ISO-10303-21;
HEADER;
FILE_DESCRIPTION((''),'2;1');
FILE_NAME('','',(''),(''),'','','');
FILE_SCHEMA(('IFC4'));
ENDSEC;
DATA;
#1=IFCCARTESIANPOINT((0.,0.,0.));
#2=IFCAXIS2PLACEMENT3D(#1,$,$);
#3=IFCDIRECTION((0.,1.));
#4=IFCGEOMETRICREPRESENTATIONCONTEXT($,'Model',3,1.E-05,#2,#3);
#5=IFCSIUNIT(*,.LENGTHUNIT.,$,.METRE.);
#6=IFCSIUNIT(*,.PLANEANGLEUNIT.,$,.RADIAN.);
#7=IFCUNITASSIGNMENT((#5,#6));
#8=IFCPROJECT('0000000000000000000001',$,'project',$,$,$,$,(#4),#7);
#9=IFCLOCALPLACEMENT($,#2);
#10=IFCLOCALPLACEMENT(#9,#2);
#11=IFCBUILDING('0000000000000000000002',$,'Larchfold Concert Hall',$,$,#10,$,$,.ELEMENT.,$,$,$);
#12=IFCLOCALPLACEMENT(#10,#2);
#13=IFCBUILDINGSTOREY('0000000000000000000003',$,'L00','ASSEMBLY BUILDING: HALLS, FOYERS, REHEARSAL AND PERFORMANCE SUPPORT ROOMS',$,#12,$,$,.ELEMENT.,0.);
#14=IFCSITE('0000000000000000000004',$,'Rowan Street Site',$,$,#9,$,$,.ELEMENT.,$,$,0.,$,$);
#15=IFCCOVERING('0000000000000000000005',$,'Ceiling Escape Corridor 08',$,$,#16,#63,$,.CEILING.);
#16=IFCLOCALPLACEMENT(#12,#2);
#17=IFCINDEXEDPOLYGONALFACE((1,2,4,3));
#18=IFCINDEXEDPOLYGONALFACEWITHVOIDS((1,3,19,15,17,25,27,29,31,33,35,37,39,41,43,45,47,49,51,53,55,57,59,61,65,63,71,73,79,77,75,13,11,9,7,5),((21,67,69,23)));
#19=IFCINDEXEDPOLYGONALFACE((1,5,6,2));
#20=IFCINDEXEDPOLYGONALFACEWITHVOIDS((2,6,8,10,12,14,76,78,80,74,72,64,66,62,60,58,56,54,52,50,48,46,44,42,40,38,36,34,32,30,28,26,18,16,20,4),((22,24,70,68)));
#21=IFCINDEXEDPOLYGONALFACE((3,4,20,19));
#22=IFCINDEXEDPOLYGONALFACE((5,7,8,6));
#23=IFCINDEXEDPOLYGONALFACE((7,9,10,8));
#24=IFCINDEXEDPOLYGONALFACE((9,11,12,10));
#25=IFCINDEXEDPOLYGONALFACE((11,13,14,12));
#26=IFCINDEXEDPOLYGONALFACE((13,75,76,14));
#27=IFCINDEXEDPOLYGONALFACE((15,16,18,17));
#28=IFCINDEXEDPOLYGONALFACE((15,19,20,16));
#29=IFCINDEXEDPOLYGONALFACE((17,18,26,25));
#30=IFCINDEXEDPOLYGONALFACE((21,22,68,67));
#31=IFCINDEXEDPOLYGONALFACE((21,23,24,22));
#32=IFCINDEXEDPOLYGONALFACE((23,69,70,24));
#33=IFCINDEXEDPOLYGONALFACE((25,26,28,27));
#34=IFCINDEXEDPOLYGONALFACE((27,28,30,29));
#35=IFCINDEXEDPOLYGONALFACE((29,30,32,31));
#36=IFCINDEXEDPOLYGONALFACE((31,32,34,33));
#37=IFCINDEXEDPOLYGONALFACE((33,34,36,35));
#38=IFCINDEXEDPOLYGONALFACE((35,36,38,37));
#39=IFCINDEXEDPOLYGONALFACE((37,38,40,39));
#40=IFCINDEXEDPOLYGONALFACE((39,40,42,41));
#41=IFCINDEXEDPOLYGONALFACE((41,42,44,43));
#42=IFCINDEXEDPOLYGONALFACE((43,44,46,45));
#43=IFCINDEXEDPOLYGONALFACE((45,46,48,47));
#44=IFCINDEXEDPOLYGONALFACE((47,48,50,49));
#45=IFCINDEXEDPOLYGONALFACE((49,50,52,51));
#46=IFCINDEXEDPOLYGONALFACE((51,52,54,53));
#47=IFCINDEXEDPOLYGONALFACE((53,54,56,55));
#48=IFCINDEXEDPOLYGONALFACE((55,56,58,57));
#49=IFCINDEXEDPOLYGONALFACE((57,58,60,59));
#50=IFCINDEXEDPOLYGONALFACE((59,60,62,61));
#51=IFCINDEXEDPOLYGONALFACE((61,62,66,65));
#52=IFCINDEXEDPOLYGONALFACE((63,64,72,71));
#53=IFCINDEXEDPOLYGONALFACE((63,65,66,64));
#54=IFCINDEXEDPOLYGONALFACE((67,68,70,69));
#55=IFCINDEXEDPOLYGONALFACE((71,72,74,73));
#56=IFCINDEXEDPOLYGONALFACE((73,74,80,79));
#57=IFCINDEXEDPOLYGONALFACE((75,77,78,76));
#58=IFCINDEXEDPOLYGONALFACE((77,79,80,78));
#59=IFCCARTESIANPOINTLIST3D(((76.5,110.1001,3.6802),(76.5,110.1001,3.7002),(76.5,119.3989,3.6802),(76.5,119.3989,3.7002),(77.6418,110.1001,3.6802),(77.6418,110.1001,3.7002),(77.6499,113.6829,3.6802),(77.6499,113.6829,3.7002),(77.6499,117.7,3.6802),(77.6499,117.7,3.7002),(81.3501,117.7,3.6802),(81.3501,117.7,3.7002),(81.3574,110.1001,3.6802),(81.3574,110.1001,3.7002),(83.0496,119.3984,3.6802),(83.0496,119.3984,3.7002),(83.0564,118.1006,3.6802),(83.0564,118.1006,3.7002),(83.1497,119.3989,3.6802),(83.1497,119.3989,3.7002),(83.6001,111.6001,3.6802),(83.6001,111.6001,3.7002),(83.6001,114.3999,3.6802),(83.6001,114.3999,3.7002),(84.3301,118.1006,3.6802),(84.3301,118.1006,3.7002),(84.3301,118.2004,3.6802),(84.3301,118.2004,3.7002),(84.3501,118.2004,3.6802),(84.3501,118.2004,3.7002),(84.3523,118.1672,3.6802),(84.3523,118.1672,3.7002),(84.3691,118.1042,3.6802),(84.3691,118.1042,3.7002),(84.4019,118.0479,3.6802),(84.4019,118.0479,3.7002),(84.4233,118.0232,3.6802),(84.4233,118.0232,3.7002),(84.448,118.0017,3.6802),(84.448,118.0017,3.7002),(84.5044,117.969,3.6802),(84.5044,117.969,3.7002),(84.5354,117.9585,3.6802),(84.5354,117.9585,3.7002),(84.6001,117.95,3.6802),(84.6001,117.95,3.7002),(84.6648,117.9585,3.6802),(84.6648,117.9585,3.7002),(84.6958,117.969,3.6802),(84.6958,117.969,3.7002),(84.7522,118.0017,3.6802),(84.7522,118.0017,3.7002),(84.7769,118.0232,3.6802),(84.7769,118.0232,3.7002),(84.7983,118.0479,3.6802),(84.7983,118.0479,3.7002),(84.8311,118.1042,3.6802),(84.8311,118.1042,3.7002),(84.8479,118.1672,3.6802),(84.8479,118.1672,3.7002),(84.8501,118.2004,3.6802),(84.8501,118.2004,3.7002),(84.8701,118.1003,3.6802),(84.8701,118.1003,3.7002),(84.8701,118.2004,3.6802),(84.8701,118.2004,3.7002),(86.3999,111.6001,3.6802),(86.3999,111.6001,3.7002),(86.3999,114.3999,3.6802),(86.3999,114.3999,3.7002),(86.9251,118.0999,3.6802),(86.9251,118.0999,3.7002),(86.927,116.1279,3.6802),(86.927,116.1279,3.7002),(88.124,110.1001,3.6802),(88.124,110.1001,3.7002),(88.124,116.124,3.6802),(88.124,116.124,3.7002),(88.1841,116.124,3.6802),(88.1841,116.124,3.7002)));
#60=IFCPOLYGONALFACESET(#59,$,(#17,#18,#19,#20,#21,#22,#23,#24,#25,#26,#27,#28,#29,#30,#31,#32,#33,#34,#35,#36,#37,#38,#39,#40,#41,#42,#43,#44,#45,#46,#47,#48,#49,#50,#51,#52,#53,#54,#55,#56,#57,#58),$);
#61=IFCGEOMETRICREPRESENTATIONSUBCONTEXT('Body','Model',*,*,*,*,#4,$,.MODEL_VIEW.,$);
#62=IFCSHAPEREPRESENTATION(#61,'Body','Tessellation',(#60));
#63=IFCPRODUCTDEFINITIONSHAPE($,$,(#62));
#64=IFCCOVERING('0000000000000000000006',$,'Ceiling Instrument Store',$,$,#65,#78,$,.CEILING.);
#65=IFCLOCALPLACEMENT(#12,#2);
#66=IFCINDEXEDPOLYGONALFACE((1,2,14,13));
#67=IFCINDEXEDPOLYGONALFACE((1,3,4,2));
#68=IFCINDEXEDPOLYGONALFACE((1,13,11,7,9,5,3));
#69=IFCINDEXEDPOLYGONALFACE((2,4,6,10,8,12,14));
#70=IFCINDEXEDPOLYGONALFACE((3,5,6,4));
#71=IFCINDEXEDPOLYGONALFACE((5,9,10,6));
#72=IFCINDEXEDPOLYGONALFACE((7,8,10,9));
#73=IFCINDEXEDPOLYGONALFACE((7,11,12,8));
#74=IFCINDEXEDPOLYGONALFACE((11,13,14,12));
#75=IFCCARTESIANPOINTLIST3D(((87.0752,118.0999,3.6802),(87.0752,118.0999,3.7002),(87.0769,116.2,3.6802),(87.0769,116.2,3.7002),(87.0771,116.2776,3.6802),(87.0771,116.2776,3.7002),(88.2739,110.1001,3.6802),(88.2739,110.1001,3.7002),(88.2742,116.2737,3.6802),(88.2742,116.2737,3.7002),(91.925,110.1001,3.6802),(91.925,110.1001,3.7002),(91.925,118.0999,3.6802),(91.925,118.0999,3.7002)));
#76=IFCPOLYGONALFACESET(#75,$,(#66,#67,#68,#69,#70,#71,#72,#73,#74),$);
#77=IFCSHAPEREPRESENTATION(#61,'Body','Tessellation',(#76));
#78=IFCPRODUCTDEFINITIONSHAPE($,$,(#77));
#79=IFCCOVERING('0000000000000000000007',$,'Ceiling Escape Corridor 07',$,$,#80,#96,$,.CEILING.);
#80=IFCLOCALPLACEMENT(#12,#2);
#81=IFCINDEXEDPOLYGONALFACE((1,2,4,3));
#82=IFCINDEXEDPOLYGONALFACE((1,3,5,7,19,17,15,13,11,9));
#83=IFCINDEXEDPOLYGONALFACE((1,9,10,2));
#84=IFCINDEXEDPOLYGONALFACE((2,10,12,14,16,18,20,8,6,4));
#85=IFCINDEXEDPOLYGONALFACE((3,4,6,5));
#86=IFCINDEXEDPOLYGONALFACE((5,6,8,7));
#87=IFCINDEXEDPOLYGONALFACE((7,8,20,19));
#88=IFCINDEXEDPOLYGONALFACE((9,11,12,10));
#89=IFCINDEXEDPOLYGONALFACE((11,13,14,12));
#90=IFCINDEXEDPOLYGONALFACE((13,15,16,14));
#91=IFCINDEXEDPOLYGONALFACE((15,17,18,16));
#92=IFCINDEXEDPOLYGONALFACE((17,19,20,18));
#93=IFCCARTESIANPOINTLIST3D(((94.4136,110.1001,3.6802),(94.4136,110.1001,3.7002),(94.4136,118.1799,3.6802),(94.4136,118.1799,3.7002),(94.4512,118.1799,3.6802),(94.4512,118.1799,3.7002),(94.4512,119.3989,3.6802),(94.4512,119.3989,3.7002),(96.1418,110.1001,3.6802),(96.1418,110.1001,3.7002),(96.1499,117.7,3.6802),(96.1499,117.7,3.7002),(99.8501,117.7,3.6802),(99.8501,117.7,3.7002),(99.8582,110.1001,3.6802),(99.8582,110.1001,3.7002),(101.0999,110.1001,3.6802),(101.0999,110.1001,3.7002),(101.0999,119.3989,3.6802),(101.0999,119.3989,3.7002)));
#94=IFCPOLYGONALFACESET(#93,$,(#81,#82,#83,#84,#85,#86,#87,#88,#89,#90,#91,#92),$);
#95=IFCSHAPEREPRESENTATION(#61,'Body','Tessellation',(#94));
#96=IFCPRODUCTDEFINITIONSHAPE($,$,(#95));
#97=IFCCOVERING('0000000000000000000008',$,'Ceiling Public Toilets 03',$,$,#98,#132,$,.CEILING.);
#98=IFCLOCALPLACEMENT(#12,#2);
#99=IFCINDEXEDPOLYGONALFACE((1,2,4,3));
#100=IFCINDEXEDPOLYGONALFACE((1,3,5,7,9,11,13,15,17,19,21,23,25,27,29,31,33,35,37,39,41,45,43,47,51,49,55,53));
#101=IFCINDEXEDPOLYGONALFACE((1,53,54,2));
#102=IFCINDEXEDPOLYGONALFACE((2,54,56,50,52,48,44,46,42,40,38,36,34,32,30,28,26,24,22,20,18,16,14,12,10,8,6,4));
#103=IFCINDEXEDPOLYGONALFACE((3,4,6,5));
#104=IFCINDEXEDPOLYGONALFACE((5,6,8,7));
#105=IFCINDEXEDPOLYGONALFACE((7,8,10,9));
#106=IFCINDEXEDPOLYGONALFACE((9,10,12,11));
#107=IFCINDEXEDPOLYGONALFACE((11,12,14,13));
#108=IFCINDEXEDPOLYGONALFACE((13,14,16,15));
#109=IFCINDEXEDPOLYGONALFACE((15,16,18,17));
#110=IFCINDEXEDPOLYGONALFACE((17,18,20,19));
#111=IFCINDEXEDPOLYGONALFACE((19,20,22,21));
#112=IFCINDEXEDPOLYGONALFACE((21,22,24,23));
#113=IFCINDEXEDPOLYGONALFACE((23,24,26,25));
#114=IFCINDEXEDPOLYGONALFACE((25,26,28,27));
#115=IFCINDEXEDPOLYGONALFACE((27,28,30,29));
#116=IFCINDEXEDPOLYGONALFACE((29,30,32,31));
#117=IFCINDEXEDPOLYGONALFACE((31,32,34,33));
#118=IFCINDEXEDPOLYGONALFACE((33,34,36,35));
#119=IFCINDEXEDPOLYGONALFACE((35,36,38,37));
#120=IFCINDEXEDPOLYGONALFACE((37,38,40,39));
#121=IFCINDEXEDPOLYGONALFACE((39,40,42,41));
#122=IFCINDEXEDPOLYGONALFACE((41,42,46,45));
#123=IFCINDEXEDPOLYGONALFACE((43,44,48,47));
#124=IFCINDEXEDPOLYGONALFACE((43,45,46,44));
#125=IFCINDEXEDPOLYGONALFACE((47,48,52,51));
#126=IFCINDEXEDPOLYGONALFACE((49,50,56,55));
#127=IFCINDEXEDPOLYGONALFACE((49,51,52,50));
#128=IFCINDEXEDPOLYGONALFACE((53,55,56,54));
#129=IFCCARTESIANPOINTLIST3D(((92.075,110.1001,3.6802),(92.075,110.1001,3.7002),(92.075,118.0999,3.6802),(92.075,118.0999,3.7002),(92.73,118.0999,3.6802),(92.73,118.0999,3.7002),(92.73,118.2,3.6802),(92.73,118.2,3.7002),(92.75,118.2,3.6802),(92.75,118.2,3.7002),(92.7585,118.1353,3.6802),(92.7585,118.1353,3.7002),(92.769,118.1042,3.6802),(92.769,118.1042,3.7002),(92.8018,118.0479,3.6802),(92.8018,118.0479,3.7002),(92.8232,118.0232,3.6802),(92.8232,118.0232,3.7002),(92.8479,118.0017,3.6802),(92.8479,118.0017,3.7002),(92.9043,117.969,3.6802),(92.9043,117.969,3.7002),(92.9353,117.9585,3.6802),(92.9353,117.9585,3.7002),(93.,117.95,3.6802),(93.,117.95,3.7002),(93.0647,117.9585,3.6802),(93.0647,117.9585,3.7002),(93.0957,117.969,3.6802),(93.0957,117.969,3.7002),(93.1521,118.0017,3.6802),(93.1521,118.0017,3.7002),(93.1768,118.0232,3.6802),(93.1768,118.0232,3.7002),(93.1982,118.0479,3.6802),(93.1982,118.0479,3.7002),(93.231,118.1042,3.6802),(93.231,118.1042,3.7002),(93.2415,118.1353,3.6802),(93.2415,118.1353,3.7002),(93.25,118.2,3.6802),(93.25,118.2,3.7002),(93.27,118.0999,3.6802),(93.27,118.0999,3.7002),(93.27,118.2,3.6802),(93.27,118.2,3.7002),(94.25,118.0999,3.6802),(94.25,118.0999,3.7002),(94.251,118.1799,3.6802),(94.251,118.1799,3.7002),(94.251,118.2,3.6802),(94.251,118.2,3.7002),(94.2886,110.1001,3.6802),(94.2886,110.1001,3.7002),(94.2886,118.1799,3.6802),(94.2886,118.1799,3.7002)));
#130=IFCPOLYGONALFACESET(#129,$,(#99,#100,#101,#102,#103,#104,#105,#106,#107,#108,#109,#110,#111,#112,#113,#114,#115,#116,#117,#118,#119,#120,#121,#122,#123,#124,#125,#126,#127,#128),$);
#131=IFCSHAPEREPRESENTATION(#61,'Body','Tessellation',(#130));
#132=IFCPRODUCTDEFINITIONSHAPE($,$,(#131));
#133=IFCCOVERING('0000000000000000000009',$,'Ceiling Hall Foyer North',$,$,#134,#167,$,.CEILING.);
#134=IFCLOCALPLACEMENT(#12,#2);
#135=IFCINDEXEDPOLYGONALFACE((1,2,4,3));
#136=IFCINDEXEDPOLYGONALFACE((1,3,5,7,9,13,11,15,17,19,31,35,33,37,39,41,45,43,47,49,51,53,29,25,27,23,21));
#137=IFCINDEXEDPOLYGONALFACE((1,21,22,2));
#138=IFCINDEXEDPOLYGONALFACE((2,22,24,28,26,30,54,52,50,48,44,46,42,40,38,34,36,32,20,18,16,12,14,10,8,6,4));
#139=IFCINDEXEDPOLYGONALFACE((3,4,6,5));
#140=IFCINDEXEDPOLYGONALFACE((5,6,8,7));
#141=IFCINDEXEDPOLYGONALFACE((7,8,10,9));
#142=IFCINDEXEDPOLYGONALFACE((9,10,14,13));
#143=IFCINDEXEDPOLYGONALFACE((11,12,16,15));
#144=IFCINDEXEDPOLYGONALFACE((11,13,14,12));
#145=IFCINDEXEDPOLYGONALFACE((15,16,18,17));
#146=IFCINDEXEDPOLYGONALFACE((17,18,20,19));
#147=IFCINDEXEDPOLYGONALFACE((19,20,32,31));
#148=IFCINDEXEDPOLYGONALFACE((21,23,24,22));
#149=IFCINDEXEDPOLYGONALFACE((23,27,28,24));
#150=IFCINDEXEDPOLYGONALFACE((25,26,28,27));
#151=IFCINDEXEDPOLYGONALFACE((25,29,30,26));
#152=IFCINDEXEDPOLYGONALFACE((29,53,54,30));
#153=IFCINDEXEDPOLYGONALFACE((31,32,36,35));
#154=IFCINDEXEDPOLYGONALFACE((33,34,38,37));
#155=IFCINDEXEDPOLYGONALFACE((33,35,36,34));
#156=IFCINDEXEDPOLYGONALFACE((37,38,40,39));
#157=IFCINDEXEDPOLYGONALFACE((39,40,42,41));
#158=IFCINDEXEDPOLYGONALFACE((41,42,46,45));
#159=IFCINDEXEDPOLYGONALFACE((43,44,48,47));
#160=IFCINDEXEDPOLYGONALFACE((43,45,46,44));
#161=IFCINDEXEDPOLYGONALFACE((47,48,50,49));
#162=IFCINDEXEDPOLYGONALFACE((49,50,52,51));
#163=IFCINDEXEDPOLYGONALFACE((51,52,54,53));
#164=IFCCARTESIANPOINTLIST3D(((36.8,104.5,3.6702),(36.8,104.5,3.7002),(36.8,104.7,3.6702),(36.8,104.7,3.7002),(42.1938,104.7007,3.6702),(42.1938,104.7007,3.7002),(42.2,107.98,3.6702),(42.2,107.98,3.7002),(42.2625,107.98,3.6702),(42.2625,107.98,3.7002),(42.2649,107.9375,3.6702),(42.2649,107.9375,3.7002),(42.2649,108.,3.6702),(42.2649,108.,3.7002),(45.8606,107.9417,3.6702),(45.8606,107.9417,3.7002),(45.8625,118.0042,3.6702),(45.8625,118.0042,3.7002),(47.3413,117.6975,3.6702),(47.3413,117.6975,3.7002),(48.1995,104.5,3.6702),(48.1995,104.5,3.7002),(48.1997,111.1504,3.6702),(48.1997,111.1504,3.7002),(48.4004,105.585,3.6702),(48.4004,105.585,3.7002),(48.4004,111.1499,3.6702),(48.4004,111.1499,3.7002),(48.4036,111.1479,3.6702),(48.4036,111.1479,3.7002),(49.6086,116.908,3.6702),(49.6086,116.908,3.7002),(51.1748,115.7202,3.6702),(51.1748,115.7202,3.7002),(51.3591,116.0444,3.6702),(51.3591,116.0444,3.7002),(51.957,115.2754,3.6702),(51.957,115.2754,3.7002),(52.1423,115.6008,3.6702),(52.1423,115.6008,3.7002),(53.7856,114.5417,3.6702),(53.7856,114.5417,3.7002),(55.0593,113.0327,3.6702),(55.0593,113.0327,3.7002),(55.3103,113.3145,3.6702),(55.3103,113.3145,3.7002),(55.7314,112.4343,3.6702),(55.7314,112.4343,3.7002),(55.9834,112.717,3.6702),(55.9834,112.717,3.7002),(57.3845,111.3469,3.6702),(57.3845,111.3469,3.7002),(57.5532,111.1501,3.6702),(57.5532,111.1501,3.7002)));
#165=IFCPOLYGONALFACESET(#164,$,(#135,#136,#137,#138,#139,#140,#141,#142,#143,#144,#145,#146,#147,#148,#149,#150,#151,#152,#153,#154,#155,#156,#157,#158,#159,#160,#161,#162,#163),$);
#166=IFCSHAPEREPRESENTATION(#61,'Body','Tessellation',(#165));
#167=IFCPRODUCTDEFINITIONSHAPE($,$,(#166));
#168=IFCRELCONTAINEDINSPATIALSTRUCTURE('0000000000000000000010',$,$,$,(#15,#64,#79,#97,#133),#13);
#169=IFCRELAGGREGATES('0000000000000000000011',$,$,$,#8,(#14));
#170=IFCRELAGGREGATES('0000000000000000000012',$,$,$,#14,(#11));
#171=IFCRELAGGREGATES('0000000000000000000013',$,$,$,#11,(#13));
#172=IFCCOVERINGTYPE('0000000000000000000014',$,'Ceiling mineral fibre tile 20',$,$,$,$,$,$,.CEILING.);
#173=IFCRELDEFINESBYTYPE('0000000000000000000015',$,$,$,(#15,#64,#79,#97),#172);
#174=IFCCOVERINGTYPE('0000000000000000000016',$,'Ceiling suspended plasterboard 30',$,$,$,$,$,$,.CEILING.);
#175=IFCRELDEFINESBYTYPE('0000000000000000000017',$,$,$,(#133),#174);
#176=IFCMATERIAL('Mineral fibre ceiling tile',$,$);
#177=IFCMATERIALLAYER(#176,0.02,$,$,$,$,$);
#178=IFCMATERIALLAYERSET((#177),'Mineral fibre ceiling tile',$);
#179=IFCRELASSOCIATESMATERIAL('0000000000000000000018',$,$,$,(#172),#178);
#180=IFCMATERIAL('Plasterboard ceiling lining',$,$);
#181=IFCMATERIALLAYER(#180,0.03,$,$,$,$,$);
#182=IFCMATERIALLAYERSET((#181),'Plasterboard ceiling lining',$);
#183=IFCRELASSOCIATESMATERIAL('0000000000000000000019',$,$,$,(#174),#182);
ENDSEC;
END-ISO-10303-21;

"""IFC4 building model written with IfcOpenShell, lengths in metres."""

from ifc_helpers import new_model, si_unit, direction, frame, origin, place, context, subcontext, project, spatial, polyline, outline, extrude, material, layer, layer_set, type_object, element, save


model = new_model("IFC4")

# Units and contexts
model_context = context("Model", 3, precision=1e-05, world=origin(), true_north=direction((0.0, 1.0)))
body_context = subcontext(model_context, "Body", "Model", "MODEL_VIEW")
ifc_project = project(units=[si_unit("LENGTHUNIT", "METRE"), si_unit("PLANEANGLEUNIT", "RADIAN")], contexts=[model_context])

# Site, building, storey
site_placement = place(None, origin())
site = spatial("IfcSite", under=ifc_project, at=site_placement, Name="Rowan Street Site", CompositionType="ELEMENT", RefElevation=0.0)
building_placement = place(site_placement, origin())
building = spatial("IfcBuilding", under=site, at=building_placement, Name="Larchfold Concert Hall", CompositionType="ELEMENT")
storey_placement = place(building_placement, origin())
storey = spatial("IfcBuildingStorey", under=building, at=storey_placement, Name="L00", Description="ASSEMBLY BUILDING: HALLS, FOYERS, REHEARSAL AND PERFORMANCE SUPPORT ROOMS", CompositionType="ELEMENT", Elevation=0.0)

# Coverings
ifc_material_1 = material(Name="Mineral fibre ceiling tile")
ifc_layer_1 = layer(ifc_material_1, 0.02)
ifc_layer_set_1 = layer_set([ifc_layer_1], Name="Mineral fibre ceiling tile")
covering_type_1 = type_object("IfcCoveringType", Name="Ceiling mineral fibre tile 20", PredefinedType="CEILING", material=ifc_layer_set_1)
covering_1_placement = place(storey_placement, frame((0.0, 0.0, 3.6802)))
element("IfcCovering", 1, at=covering_1_placement, inside=storey, type_object=covering_type_1, Name="Ceiling Escape Corridor 08", PredefinedType="CEILING", context=body_context, shape_type="SweptSolid", body=[
    extrude(outline(polyline([(77.6499, 117.7), (81.3501, 117.7), (81.3574, 110.1001), (88.124, 110.1001), (88.124, 116.124), (88.1841, 116.124), (86.927, 116.1279), (86.925, 118.2), (86.925, 118.0999), (84.8701, 118.1003), (84.8701, 118.2004), (84.8501, 118.2004), (84.8479, 118.1672), (84.8311, 118.1042), (84.7983, 118.0479), (84.7769, 118.0232), (84.7522, 118.0017), (84.6958, 117.969), (84.6648, 117.9585), (84.6001, 117.95), (84.5354, 117.9585), (84.5044, 117.969), (84.448, 118.0017), (84.4233, 118.0232), (84.4019, 118.0479), (84.3691, 118.1042), (84.3523, 118.1672), (84.3501, 118.2004), (84.3301, 118.2004), (84.3301, 118.1006), (83.0564, 118.1006), (83.0496, 119.3984), (83.1497, 119.3989), (76.5, 119.3989), (76.5, 110.1001), (77.6418, 110.1001), (77.6499, 113.6829), (77.6499, 117.7)]), holes=[polyline([(83.6001, 111.6001), (83.6001, 114.3999), (86.3999, 114.3999), (86.3999, 111.6001), (83.6001, 111.6001)])]), origin(), (0.0, 0.0, 1.0), 0.02),
])
covering_2_placement = place(storey_placement, frame((0.0, 0.0, 3.6802)))
element("IfcCovering", 2, at=covering_2_placement, inside=storey, type_object=covering_type_1, Name="Ceiling Instrument Store", PredefinedType="CEILING", context=body_context, shape_type="SweptSolid", body=[
    extrude(outline(polyline([(87.0769, 116.2), (87.0771, 116.2776), (88.2742, 116.2737), (88.2739, 110.1001), (91.925, 110.1001), (91.925, 118.0999), (87.0752, 118.0999), (87.0769, 116.2)])), origin(), (0.0, 0.0, 1.0), 0.02),
])
covering_3_placement = place(storey_placement, frame((0.0, 0.0, 3.6802)))
element("IfcCovering", 3, at=covering_3_placement, inside=storey, type_object=covering_type_1, Name="Ceiling Escape Corridor 07", PredefinedType="CEILING", context=body_context, shape_type="SweptSolid", body=[
    extrude(outline(polyline([(94.4512, 119.3989), (94.4512, 118.1799), (94.4136, 118.1799), (94.4136, 110.1001), (96.1418, 110.1001), (96.1499, 117.7), (99.8501, 117.7), (99.8582, 110.1001), (101.0999, 110.1001), (101.0999, 119.3989), (94.4512, 119.3989)])), origin(), (0.0, 0.0, 1.0), 0.02),
])
covering_4_placement = place(storey_placement, frame((0.0, 0.0, 3.6802)))
element("IfcCovering", 4, at=covering_4_placement, inside=storey, type_object=covering_type_1, Name="Ceiling Public Toilets 03", PredefinedType="CEILING", context=body_context, shape_type="SweptSolid", body=[
    extrude(outline(polyline([(92.075, 110.1001), (94.2886, 110.1001), (94.2886, 118.1799), (94.251, 118.1799), (94.251, 118.2), (94.25, 118.0999), (93.27, 118.0999), (93.27, 118.2), (93.25, 118.2), (93.2415, 118.1353), (93.231, 118.1042), (93.1982, 118.0479), (93.1768, 118.0232), (93.1521, 118.0017), (93.0957, 117.969), (93.0647, 117.9585), (93.0, 117.95), (92.9353, 117.9585), (92.9043, 117.969), (92.8479, 118.0017), (92.8232, 118.0232), (92.8018, 118.0479), (92.769, 118.1042), (92.7585, 118.1353), (92.75, 118.2), (92.73, 118.2), (92.73, 118.0999), (92.075, 118.0999), (92.075, 110.1001)])), origin(), (0.0, 0.0, 1.0), 0.02),
])
ifc_material_2 = material(Name="Plasterboard ceiling lining")
ifc_layer_2 = layer(ifc_material_2, 0.03)
ifc_layer_set_2 = layer_set([ifc_layer_2], Name="Plasterboard ceiling lining")
covering_type_2 = type_object("IfcCoveringType", Name="Ceiling suspended plasterboard 30", PredefinedType="CEILING", material=ifc_layer_set_2)
covering_5_placement = place(storey_placement, frame((0.0, 0.0, 3.6702)))
element("IfcCovering", 5, at=covering_5_placement, inside=storey, type_object=covering_type_2, Name="Ceiling Hall Foyer North", PredefinedType="CEILING", context=body_context, shape_type="SweptSolid", body=[
    extrude(outline(polyline([(42.1938, 104.7007), (36.8, 104.7), (36.8, 104.5), (48.1995, 104.5), (48.1997, 111.1504), (48.4004, 111.1499), (48.4004, 105.585), (48.4036, 111.1479), (57.5532, 111.1501), (57.3845, 111.3469), (55.9834, 112.717), (55.7314, 112.4343), (55.0593, 113.0327), (55.3103, 113.3145), (53.7856, 114.5417), (52.1423, 115.6008), (51.957, 115.2754), (51.1748, 115.7202), (51.3591, 116.0444), (49.6086, 116.908), (47.3413, 117.6975), (45.8625, 118.0042), (45.8606, 107.9417), (42.2649, 107.9375), (42.2649, 108.0), (42.2625, 107.98), (42.2, 107.98), (42.1938, 104.7007)])), origin(), (0.0, 0.0, 1.0), 0.03),
])

save(model, "model.ifc")
